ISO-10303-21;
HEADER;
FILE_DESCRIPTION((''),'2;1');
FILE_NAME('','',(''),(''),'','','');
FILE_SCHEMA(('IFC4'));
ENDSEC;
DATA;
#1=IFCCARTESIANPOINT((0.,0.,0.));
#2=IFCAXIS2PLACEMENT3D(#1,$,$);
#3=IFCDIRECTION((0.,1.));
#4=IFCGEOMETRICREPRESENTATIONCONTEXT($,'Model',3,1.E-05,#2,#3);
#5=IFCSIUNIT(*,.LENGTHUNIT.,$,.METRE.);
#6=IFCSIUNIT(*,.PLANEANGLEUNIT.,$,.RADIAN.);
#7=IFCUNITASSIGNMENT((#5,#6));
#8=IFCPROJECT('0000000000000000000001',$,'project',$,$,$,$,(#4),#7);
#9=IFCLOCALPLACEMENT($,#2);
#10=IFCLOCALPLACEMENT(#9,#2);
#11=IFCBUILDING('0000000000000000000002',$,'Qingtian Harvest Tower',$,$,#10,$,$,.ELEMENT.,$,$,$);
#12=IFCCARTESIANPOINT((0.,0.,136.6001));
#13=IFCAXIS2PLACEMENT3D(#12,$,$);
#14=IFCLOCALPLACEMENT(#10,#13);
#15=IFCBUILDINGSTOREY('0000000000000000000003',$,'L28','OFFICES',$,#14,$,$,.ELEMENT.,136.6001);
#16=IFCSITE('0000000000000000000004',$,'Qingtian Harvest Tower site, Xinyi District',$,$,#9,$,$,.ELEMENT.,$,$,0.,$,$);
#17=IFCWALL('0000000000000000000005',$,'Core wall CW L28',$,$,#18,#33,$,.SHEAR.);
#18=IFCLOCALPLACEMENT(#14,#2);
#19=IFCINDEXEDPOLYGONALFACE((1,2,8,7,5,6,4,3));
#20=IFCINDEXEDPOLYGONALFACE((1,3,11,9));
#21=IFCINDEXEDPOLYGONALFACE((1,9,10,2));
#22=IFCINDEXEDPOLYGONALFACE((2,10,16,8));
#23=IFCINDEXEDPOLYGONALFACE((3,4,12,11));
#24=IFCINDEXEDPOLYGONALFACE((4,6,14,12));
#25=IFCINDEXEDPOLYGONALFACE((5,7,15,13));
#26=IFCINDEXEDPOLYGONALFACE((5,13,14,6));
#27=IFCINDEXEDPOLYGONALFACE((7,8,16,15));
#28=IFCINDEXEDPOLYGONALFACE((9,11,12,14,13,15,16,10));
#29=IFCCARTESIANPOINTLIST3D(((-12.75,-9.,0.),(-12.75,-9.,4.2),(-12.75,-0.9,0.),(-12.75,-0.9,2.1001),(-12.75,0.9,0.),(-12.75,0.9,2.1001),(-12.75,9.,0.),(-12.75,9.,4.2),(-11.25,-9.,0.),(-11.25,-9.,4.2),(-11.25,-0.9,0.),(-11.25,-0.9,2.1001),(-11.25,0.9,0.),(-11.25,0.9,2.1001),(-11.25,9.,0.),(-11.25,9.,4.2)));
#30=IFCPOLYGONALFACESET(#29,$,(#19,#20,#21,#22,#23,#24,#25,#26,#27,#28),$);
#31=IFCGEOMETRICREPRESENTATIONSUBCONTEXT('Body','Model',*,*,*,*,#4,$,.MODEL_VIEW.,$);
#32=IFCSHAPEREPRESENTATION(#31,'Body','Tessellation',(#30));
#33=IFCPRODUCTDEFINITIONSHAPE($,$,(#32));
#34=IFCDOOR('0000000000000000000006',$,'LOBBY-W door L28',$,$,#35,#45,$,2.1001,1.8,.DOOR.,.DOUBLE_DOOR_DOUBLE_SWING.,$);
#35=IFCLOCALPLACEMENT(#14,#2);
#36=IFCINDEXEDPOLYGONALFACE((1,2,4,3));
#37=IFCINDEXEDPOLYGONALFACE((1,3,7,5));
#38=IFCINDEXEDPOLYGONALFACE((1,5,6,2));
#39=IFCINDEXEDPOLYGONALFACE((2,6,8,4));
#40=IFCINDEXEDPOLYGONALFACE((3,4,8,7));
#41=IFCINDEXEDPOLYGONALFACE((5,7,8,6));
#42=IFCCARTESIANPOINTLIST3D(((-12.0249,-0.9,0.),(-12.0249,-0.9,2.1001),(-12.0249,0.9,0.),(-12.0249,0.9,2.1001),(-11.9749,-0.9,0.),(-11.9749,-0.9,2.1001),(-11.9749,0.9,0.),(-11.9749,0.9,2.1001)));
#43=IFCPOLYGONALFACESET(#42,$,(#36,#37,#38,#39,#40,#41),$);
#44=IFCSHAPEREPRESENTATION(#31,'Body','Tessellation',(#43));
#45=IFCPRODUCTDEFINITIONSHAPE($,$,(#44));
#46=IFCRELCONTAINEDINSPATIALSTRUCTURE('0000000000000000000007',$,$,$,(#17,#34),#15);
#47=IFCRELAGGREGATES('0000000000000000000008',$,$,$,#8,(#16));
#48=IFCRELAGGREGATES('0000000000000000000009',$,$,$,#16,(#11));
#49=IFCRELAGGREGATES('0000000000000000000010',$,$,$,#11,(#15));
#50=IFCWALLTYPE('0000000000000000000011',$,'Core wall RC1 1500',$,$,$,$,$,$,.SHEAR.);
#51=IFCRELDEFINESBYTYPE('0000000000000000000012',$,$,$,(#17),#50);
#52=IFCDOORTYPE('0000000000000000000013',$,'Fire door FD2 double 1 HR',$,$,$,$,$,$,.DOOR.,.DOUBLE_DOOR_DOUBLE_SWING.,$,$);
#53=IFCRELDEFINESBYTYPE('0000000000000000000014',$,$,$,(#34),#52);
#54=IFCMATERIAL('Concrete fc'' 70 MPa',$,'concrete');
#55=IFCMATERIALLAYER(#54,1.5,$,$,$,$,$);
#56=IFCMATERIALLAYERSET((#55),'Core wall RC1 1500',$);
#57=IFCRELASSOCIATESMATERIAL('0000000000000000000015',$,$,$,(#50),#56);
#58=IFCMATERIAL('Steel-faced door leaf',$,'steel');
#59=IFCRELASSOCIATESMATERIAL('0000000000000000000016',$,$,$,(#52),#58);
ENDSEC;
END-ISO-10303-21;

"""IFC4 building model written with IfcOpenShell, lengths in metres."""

from ifc_helpers import new_model, si_unit, direction, frame, frame_2d, origin, place, context, subcontext, project, spatial, rectangle, extrude, material, layer, layer_set, type_object, element, fill, save


model = new_model("IFC4")

# Units and contexts
model_context = context("Model", 3, precision=1e-05, world=origin(), true_north=direction((0.0, 1.0)))
body_context = subcontext(model_context, "Body", "Model", "MODEL_VIEW")
ifc_project = project(units=[si_unit("LENGTHUNIT", "METRE"), si_unit("PLANEANGLEUNIT", "RADIAN")], contexts=[model_context])

# Site, building, storey
site_placement = place(None, origin())
site = spatial("IfcSite", under=ifc_project, at=site_placement, Name="Qingtian Harvest Tower site, Xinyi District", CompositionType="ELEMENT", RefElevation=0.0)
building_placement = place(site_placement, origin())
building = spatial("IfcBuilding", under=site, at=building_placement, Name="Qingtian Harvest Tower", CompositionType="ELEMENT")
storey_placement = place(building_placement, frame((0.0, 0.0, 136.6001)))
storey = spatial("IfcBuildingStorey", under=building, at=storey_placement, Name="L28", Description="OFFICES", CompositionType="ELEMENT", Elevation=136.6001)

# Shared definitions
ifc_material_1 = material(Name="Concrete fc' 70 MPa", Category="concrete")
ifc_layer_1 = layer(ifc_material_1, 1.5)
ifc_layer_set_1 = layer_set([ifc_layer_1], Name="Core wall RC1 1500")
wall_type_1 = type_object("IfcWallType", Name="Core wall RC1 1500", PredefinedType="SHEAR", material=ifc_layer_set_1)

# Wall, opening, door
wall_1_placement = place(storey_placement, frame((-12.0, -9.0, 0.0), z_axis=(0.0, 0.0, 1.0), x_axis=(0.0, 1.0, 0.0)))
wall_1 = element("IfcWall", 1, at=wall_1_placement, inside=storey, type_object=wall_type_1, Name="Core wall CW L28", PredefinedType="SHEAR", context=body_context, shape_type="SweptSolid", body=[
    extrude(rectangle(XDim=18.0, YDim=1.5, at=frame_2d((9.0, 0.0))), origin(), (0.0, 0.0, 1.0), 4.2),
])
opening_1_placement = place(wall_1_placement, frame((8.1001, 0.0, 0.0)))
opening_1 = element("IfcOpeningElement", 2, at=opening_1_placement, cuts=wall_1, PredefinedType="OPENING", context=body_context, shape_type="SweptSolid", body=[
    extrude(rectangle(XDim=1.8, YDim=2.1001, at=frame_2d((0.8999, 1.05))), frame((0.0, 0.76, 0.0), z_axis=(0.0, -1.0, 0.0), x_axis=(1.0, 0.0, 0.0)), (0.0, 0.0, 1.0), 1.52),
])
ifc_material_2 = material(Name="Steel-faced door leaf", Category="steel")
door_type_1 = type_object("IfcDoorType", Name="Fire door FD2 double 1 HR", OperationType="DOUBLE_DOOR_DOUBLE_SWING", PredefinedType="DOOR", material=ifc_material_2)
door_1_placement = place(opening_1_placement, origin())
door_1 = element("IfcDoor", 3, at=door_1_placement, inside=storey, type_object=door_type_1, Name="LOBBY-W door L28", OperationType="DOUBLE_DOOR_DOUBLE_SWING", OverallHeight=2.1001, OverallWidth=1.8, PredefinedType="DOOR", context=body_context, shape_type="SweptSolid", body=[
    extrude(rectangle(XDim=1.8, YDim=2.1001, at=frame_2d((0.8999, 1.05))), frame((0.0, 0.0249, 0.0), z_axis=(0.0, -1.0, 0.0), x_axis=(1.0, 0.0, 0.0)), (0.0, 0.0, 1.0), 0.05),
])
fill(opening_1, door_1)

save(model, "model.ifc")
